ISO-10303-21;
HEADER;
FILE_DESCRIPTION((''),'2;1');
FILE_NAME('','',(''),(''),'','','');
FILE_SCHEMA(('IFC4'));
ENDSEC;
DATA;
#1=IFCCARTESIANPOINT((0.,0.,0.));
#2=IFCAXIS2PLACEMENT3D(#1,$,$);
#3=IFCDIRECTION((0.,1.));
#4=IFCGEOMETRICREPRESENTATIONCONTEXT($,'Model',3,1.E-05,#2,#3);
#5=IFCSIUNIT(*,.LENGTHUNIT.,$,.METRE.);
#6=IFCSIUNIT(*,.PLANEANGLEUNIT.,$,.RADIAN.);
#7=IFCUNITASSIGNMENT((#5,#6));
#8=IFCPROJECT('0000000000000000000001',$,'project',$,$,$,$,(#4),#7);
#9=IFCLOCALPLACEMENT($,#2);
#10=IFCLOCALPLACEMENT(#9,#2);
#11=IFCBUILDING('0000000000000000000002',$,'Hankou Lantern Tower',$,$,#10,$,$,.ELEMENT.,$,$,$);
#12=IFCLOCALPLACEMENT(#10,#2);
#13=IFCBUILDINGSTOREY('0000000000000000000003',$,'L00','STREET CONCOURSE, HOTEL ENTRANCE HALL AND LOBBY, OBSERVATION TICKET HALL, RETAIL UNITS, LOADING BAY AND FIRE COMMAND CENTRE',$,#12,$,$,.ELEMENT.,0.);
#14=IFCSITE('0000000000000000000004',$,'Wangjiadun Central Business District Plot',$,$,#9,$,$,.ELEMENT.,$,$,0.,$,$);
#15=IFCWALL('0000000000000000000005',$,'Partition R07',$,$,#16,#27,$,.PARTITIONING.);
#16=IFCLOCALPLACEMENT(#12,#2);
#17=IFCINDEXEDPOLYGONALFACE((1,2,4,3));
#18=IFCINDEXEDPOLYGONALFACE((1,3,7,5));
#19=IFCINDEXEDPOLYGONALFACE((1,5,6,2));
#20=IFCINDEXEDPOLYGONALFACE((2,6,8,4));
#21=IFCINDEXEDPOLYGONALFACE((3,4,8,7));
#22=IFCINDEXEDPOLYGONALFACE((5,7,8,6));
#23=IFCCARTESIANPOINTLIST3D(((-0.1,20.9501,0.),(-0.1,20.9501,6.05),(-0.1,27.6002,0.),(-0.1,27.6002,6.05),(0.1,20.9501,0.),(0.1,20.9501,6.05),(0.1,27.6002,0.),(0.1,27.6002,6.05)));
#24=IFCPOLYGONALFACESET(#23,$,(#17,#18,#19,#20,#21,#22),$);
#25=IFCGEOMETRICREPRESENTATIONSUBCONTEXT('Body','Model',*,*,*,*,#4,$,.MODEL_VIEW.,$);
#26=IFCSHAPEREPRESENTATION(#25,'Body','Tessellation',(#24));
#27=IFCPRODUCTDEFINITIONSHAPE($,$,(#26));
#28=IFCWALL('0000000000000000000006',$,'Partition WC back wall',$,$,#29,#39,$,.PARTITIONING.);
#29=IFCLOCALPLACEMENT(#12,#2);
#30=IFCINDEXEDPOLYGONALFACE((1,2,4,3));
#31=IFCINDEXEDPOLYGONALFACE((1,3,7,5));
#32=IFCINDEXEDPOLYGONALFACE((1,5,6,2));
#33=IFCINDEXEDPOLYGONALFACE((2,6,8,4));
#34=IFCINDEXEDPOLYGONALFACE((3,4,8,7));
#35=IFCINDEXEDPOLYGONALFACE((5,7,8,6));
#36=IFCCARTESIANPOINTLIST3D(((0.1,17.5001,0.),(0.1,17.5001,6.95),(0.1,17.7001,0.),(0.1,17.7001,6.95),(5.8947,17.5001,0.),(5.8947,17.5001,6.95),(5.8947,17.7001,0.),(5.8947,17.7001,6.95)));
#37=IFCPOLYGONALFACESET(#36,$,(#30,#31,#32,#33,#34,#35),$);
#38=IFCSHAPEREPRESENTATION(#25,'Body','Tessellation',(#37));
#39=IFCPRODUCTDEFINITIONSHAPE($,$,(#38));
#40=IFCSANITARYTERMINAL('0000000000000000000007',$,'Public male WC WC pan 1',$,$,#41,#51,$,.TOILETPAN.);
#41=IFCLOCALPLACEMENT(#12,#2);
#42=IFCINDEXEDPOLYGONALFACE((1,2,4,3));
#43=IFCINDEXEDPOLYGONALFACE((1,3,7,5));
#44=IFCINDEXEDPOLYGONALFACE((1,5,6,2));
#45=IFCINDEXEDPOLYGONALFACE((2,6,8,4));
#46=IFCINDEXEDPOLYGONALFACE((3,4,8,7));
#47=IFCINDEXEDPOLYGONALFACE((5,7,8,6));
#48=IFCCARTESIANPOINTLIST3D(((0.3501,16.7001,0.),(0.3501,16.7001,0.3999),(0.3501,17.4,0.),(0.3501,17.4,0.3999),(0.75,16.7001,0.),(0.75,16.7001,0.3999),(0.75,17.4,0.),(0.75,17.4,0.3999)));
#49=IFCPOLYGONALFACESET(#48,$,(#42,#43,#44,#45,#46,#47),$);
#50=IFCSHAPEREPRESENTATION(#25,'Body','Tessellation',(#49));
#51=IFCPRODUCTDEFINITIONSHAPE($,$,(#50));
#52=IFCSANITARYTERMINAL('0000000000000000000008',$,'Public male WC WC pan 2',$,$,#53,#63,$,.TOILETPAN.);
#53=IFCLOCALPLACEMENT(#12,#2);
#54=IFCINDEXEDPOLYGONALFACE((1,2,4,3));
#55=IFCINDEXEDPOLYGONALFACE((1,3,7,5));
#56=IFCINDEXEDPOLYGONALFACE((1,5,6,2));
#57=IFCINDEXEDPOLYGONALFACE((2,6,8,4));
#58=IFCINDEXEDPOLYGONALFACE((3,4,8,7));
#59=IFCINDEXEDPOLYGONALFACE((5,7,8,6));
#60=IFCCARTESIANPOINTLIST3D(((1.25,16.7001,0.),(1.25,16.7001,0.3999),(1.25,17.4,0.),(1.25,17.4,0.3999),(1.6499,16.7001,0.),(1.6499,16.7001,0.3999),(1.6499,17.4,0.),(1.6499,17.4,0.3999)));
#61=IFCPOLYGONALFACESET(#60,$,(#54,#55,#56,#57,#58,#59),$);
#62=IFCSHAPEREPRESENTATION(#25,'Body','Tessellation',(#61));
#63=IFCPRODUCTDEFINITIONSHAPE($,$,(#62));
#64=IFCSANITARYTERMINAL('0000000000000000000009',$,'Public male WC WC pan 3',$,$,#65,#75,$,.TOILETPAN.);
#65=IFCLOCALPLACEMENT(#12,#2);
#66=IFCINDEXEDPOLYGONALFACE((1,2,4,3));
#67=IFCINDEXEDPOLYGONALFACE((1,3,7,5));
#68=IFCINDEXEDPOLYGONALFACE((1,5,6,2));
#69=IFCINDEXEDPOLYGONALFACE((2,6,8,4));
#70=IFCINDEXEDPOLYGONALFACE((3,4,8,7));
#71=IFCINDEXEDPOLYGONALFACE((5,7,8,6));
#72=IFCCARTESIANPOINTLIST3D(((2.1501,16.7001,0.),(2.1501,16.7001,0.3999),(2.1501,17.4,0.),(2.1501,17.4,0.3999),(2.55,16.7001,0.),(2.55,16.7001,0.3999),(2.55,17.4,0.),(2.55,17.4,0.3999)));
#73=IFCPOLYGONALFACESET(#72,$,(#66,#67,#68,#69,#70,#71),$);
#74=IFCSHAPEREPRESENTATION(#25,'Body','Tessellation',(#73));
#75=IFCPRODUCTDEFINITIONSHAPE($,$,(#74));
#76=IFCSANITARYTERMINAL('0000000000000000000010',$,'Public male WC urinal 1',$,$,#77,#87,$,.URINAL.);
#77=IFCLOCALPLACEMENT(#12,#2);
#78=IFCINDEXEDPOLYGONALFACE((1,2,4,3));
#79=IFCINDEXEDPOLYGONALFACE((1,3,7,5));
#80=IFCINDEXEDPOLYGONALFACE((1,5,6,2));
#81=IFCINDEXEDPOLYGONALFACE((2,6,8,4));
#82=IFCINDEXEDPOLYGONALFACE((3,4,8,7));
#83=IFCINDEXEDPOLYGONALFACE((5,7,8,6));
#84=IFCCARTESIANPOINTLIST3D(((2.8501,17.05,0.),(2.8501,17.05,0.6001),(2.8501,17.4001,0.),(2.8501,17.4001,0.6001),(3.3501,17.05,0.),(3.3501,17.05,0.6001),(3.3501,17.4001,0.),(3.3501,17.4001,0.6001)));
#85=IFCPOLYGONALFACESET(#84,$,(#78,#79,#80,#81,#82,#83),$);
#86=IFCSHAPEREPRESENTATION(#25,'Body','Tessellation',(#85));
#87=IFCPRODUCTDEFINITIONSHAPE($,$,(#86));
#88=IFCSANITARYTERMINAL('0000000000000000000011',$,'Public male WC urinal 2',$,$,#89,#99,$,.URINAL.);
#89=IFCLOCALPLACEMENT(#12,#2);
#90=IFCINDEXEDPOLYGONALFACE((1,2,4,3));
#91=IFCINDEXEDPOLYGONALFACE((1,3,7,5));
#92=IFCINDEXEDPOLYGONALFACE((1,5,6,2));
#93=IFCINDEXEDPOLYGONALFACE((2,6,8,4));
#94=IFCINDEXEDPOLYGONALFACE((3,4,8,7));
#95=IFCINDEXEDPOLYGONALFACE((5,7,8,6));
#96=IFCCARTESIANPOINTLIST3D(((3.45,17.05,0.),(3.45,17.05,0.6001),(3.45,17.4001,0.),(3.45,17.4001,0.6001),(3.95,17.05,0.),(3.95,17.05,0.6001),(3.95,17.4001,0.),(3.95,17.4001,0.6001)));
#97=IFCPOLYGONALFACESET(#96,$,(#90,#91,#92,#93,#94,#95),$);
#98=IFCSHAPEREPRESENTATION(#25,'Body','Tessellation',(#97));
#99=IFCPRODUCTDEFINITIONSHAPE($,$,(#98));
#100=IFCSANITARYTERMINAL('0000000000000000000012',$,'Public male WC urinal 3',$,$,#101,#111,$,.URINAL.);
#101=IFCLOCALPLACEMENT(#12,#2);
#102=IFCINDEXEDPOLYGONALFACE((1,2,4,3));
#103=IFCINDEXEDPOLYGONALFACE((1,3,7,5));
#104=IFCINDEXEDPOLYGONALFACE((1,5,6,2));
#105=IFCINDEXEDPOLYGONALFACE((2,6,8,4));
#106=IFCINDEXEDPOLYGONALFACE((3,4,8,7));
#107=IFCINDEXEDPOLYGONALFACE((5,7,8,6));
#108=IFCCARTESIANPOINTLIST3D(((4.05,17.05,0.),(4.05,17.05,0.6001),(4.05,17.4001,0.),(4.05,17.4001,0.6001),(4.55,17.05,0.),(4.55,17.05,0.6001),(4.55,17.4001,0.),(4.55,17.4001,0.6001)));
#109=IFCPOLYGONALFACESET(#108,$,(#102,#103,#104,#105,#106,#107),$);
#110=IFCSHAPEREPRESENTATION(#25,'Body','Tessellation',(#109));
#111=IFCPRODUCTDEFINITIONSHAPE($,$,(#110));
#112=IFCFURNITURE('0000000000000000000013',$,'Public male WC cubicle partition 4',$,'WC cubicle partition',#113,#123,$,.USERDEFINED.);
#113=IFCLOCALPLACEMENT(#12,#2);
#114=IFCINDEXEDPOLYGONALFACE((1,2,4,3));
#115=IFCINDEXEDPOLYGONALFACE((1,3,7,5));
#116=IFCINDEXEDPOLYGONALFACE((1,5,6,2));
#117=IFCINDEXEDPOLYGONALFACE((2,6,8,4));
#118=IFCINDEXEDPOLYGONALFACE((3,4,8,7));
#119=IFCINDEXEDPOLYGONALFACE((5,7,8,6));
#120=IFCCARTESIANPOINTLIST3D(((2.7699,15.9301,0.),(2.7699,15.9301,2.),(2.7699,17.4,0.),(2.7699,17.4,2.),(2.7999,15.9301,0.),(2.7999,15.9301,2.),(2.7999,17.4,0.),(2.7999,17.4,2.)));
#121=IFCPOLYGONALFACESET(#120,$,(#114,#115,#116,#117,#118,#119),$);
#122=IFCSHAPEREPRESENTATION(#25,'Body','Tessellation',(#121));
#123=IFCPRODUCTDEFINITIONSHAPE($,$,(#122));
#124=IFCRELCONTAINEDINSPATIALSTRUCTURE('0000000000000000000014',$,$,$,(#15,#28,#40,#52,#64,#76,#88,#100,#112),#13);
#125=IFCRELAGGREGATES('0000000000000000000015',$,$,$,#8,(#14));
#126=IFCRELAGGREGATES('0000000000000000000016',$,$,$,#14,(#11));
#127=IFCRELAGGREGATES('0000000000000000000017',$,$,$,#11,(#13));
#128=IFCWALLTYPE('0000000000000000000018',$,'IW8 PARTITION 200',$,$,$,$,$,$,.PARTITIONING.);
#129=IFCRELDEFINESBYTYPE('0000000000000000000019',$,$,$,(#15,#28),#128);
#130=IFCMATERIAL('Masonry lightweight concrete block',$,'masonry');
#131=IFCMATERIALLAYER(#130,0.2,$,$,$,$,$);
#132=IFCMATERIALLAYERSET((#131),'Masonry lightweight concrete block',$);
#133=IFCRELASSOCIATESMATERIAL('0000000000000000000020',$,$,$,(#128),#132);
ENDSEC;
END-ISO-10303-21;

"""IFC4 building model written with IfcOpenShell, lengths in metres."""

from ifc_helpers import new_model, si_unit, direction, frame, frame_2d, origin, origin_2d, place, context, subcontext, project, spatial, rectangle, extrude, material, layer, layer_set, type_object, element, save


model = new_model("IFC4")

# Units and contexts
model_context = context("Model", 3, precision=1e-05, world=origin(), true_north=direction((0.0, 1.0)))
body_context = subcontext(model_context, "Body", "Model", "MODEL_VIEW")
ifc_project = project(units=[si_unit("LENGTHUNIT", "METRE"), si_unit("PLANEANGLEUNIT", "RADIAN")], contexts=[model_context])

# Site, building, storey
site_placement = place(None, origin())
site = spatial("IfcSite", under=ifc_project, at=site_placement, Name="Wangjiadun Central Business District Plot", CompositionType="ELEMENT", RefElevation=0.0)
building_placement = place(site_placement, origin())
building = spatial("IfcBuilding", under=site, at=building_placement, Name="Hankou Lantern Tower", CompositionType="ELEMENT")
storey_placement = place(building_placement, origin())
storey = spatial("IfcBuildingStorey", under=building, at=storey_placement, Name="L00", Description="STREET CONCOURSE, HOTEL ENTRANCE HALL AND LOBBY, OBSERVATION TICKET HALL, RETAIL UNITS, LOADING BAY AND FIRE COMMAND CENTRE", CompositionType="ELEMENT", Elevation=0.0)

# Walls
ifc_material_1 = material(Name="Masonry lightweight concrete block", Category="masonry")
ifc_layer = layer(ifc_material_1, 0.2)
ifc_layer_set = layer_set([ifc_layer], Name="Masonry lightweight concrete block")
wall_type = type_object("IfcWallType", Name="IW8 PARTITION 200", PredefinedType="PARTITIONING", material=ifc_layer_set)
wall_1_placement = place(storey_placement, frame((0.0, 20.95, 0.0), z_axis=(0.0, 0.0, 1.0), x_axis=(0.0, 1.0, 0.0)))
element("IfcWall", 1, at=wall_1_placement, inside=storey, type_object=wall_type, Name="Partition R07", PredefinedType="PARTITIONING", context=body_context, shape_type="SweptSolid", body=[
    extrude(rectangle(XDim=6.6501, YDim=0.2, at=frame_2d((3.3252, 0.0))), origin(), (0.0, 0.0, 1.0), 6.05),
])
wall_2_placement = place(storey_placement, frame((5.8948, 17.6001, 0.0), z_axis=(0.0, 0.0, 1.0), x_axis=(-1.0, 0.0, 0.0)))
element("IfcWall", 2, at=wall_2_placement, inside=storey, type_object=wall_type, Name="Partition WC back wall", PredefinedType="PARTITIONING", context=body_context, shape_type="SweptSolid", body=[
    extrude(rectangle(XDim=5.7947, YDim=0.2, at=frame_2d((2.8975, 0.0))), origin(), (0.0, 0.0, 1.0), 6.95),
])

# Sanitary terminals
for number, where, z_axis, x_axis, name in (
    (3, (0.55, 17.05, 0.0), (0.0, 0.0, 1.0), (1.0, 0.0, 0.0), "Public male WC WC pan 1"),
    (4, (1.45, 17.05, 0.0), (0.0, 0.0, 1.0), (1.0, 0.0, 0.0), "Public male WC WC pan 2"),
    (5, (2.3501, 17.05, 0.0), (0.0, 0.0, 1.0), (1.0, 0.0, 0.0), "Public male WC WC pan 3"),
):
    element("IfcSanitaryTerminal", number, at=place(storey_placement, frame(where, z_axis=z_axis, x_axis=x_axis)), inside=storey, Name=name, PredefinedType="TOILETPAN", context=body_context, shape_type="SweptSolid", body=[
        extrude(rectangle(XDim=0.3999, YDim=0.7, at=origin_2d()), origin(), (0.0, 0.0, 1.0), 0.3999),
    ])
for number, where, z_axis, x_axis, name in (
    (6, (3.1001, 17.2251, 0.0), (0.0, 0.0, 1.0), (1.0, 0.0, 0.0), "Public male WC urinal 1"),
    (7, (3.7, 17.2251, 0.0), (0.0, 0.0, 1.0), (1.0, 0.0, 0.0), "Public male WC urinal 2"),
    (8, (4.3, 17.2251, 0.0), (0.0, 0.0, 1.0), (1.0, 0.0, 0.0), "Public male WC urinal 3"),
):
    element("IfcSanitaryTerminal", number, at=place(storey_placement, frame(where, z_axis=z_axis, x_axis=x_axis)), inside=storey, Name=name, PredefinedType="URINAL", context=body_context, shape_type="SweptSolid", body=[
        extrude(rectangle(XDim=0.5, YDim=0.3501, at=origin_2d()), origin(), (0.0, 0.0, 1.0), 0.6001),
    ])

# Furniture
furniture_placement = place(storey_placement, frame((2.7849, 16.665, 0.0), z_axis=(0.0, 0.0, 1.0), x_axis=(1.0, 0.0, 0.0)))
element("IfcFurniture", 9, at=furniture_placement, inside=storey, Name="Public male WC cubicle partition 4", ObjectType="WC cubicle partition", PredefinedType="USERDEFINED", context=body_context, shape_type="SweptSolid", body=[
    extrude(rectangle(XDim=0.03, YDim=1.47, at=origin_2d()), origin(), (0.0, 0.0, 1.0), 2.0),
])

save(model, "model.ifc")
